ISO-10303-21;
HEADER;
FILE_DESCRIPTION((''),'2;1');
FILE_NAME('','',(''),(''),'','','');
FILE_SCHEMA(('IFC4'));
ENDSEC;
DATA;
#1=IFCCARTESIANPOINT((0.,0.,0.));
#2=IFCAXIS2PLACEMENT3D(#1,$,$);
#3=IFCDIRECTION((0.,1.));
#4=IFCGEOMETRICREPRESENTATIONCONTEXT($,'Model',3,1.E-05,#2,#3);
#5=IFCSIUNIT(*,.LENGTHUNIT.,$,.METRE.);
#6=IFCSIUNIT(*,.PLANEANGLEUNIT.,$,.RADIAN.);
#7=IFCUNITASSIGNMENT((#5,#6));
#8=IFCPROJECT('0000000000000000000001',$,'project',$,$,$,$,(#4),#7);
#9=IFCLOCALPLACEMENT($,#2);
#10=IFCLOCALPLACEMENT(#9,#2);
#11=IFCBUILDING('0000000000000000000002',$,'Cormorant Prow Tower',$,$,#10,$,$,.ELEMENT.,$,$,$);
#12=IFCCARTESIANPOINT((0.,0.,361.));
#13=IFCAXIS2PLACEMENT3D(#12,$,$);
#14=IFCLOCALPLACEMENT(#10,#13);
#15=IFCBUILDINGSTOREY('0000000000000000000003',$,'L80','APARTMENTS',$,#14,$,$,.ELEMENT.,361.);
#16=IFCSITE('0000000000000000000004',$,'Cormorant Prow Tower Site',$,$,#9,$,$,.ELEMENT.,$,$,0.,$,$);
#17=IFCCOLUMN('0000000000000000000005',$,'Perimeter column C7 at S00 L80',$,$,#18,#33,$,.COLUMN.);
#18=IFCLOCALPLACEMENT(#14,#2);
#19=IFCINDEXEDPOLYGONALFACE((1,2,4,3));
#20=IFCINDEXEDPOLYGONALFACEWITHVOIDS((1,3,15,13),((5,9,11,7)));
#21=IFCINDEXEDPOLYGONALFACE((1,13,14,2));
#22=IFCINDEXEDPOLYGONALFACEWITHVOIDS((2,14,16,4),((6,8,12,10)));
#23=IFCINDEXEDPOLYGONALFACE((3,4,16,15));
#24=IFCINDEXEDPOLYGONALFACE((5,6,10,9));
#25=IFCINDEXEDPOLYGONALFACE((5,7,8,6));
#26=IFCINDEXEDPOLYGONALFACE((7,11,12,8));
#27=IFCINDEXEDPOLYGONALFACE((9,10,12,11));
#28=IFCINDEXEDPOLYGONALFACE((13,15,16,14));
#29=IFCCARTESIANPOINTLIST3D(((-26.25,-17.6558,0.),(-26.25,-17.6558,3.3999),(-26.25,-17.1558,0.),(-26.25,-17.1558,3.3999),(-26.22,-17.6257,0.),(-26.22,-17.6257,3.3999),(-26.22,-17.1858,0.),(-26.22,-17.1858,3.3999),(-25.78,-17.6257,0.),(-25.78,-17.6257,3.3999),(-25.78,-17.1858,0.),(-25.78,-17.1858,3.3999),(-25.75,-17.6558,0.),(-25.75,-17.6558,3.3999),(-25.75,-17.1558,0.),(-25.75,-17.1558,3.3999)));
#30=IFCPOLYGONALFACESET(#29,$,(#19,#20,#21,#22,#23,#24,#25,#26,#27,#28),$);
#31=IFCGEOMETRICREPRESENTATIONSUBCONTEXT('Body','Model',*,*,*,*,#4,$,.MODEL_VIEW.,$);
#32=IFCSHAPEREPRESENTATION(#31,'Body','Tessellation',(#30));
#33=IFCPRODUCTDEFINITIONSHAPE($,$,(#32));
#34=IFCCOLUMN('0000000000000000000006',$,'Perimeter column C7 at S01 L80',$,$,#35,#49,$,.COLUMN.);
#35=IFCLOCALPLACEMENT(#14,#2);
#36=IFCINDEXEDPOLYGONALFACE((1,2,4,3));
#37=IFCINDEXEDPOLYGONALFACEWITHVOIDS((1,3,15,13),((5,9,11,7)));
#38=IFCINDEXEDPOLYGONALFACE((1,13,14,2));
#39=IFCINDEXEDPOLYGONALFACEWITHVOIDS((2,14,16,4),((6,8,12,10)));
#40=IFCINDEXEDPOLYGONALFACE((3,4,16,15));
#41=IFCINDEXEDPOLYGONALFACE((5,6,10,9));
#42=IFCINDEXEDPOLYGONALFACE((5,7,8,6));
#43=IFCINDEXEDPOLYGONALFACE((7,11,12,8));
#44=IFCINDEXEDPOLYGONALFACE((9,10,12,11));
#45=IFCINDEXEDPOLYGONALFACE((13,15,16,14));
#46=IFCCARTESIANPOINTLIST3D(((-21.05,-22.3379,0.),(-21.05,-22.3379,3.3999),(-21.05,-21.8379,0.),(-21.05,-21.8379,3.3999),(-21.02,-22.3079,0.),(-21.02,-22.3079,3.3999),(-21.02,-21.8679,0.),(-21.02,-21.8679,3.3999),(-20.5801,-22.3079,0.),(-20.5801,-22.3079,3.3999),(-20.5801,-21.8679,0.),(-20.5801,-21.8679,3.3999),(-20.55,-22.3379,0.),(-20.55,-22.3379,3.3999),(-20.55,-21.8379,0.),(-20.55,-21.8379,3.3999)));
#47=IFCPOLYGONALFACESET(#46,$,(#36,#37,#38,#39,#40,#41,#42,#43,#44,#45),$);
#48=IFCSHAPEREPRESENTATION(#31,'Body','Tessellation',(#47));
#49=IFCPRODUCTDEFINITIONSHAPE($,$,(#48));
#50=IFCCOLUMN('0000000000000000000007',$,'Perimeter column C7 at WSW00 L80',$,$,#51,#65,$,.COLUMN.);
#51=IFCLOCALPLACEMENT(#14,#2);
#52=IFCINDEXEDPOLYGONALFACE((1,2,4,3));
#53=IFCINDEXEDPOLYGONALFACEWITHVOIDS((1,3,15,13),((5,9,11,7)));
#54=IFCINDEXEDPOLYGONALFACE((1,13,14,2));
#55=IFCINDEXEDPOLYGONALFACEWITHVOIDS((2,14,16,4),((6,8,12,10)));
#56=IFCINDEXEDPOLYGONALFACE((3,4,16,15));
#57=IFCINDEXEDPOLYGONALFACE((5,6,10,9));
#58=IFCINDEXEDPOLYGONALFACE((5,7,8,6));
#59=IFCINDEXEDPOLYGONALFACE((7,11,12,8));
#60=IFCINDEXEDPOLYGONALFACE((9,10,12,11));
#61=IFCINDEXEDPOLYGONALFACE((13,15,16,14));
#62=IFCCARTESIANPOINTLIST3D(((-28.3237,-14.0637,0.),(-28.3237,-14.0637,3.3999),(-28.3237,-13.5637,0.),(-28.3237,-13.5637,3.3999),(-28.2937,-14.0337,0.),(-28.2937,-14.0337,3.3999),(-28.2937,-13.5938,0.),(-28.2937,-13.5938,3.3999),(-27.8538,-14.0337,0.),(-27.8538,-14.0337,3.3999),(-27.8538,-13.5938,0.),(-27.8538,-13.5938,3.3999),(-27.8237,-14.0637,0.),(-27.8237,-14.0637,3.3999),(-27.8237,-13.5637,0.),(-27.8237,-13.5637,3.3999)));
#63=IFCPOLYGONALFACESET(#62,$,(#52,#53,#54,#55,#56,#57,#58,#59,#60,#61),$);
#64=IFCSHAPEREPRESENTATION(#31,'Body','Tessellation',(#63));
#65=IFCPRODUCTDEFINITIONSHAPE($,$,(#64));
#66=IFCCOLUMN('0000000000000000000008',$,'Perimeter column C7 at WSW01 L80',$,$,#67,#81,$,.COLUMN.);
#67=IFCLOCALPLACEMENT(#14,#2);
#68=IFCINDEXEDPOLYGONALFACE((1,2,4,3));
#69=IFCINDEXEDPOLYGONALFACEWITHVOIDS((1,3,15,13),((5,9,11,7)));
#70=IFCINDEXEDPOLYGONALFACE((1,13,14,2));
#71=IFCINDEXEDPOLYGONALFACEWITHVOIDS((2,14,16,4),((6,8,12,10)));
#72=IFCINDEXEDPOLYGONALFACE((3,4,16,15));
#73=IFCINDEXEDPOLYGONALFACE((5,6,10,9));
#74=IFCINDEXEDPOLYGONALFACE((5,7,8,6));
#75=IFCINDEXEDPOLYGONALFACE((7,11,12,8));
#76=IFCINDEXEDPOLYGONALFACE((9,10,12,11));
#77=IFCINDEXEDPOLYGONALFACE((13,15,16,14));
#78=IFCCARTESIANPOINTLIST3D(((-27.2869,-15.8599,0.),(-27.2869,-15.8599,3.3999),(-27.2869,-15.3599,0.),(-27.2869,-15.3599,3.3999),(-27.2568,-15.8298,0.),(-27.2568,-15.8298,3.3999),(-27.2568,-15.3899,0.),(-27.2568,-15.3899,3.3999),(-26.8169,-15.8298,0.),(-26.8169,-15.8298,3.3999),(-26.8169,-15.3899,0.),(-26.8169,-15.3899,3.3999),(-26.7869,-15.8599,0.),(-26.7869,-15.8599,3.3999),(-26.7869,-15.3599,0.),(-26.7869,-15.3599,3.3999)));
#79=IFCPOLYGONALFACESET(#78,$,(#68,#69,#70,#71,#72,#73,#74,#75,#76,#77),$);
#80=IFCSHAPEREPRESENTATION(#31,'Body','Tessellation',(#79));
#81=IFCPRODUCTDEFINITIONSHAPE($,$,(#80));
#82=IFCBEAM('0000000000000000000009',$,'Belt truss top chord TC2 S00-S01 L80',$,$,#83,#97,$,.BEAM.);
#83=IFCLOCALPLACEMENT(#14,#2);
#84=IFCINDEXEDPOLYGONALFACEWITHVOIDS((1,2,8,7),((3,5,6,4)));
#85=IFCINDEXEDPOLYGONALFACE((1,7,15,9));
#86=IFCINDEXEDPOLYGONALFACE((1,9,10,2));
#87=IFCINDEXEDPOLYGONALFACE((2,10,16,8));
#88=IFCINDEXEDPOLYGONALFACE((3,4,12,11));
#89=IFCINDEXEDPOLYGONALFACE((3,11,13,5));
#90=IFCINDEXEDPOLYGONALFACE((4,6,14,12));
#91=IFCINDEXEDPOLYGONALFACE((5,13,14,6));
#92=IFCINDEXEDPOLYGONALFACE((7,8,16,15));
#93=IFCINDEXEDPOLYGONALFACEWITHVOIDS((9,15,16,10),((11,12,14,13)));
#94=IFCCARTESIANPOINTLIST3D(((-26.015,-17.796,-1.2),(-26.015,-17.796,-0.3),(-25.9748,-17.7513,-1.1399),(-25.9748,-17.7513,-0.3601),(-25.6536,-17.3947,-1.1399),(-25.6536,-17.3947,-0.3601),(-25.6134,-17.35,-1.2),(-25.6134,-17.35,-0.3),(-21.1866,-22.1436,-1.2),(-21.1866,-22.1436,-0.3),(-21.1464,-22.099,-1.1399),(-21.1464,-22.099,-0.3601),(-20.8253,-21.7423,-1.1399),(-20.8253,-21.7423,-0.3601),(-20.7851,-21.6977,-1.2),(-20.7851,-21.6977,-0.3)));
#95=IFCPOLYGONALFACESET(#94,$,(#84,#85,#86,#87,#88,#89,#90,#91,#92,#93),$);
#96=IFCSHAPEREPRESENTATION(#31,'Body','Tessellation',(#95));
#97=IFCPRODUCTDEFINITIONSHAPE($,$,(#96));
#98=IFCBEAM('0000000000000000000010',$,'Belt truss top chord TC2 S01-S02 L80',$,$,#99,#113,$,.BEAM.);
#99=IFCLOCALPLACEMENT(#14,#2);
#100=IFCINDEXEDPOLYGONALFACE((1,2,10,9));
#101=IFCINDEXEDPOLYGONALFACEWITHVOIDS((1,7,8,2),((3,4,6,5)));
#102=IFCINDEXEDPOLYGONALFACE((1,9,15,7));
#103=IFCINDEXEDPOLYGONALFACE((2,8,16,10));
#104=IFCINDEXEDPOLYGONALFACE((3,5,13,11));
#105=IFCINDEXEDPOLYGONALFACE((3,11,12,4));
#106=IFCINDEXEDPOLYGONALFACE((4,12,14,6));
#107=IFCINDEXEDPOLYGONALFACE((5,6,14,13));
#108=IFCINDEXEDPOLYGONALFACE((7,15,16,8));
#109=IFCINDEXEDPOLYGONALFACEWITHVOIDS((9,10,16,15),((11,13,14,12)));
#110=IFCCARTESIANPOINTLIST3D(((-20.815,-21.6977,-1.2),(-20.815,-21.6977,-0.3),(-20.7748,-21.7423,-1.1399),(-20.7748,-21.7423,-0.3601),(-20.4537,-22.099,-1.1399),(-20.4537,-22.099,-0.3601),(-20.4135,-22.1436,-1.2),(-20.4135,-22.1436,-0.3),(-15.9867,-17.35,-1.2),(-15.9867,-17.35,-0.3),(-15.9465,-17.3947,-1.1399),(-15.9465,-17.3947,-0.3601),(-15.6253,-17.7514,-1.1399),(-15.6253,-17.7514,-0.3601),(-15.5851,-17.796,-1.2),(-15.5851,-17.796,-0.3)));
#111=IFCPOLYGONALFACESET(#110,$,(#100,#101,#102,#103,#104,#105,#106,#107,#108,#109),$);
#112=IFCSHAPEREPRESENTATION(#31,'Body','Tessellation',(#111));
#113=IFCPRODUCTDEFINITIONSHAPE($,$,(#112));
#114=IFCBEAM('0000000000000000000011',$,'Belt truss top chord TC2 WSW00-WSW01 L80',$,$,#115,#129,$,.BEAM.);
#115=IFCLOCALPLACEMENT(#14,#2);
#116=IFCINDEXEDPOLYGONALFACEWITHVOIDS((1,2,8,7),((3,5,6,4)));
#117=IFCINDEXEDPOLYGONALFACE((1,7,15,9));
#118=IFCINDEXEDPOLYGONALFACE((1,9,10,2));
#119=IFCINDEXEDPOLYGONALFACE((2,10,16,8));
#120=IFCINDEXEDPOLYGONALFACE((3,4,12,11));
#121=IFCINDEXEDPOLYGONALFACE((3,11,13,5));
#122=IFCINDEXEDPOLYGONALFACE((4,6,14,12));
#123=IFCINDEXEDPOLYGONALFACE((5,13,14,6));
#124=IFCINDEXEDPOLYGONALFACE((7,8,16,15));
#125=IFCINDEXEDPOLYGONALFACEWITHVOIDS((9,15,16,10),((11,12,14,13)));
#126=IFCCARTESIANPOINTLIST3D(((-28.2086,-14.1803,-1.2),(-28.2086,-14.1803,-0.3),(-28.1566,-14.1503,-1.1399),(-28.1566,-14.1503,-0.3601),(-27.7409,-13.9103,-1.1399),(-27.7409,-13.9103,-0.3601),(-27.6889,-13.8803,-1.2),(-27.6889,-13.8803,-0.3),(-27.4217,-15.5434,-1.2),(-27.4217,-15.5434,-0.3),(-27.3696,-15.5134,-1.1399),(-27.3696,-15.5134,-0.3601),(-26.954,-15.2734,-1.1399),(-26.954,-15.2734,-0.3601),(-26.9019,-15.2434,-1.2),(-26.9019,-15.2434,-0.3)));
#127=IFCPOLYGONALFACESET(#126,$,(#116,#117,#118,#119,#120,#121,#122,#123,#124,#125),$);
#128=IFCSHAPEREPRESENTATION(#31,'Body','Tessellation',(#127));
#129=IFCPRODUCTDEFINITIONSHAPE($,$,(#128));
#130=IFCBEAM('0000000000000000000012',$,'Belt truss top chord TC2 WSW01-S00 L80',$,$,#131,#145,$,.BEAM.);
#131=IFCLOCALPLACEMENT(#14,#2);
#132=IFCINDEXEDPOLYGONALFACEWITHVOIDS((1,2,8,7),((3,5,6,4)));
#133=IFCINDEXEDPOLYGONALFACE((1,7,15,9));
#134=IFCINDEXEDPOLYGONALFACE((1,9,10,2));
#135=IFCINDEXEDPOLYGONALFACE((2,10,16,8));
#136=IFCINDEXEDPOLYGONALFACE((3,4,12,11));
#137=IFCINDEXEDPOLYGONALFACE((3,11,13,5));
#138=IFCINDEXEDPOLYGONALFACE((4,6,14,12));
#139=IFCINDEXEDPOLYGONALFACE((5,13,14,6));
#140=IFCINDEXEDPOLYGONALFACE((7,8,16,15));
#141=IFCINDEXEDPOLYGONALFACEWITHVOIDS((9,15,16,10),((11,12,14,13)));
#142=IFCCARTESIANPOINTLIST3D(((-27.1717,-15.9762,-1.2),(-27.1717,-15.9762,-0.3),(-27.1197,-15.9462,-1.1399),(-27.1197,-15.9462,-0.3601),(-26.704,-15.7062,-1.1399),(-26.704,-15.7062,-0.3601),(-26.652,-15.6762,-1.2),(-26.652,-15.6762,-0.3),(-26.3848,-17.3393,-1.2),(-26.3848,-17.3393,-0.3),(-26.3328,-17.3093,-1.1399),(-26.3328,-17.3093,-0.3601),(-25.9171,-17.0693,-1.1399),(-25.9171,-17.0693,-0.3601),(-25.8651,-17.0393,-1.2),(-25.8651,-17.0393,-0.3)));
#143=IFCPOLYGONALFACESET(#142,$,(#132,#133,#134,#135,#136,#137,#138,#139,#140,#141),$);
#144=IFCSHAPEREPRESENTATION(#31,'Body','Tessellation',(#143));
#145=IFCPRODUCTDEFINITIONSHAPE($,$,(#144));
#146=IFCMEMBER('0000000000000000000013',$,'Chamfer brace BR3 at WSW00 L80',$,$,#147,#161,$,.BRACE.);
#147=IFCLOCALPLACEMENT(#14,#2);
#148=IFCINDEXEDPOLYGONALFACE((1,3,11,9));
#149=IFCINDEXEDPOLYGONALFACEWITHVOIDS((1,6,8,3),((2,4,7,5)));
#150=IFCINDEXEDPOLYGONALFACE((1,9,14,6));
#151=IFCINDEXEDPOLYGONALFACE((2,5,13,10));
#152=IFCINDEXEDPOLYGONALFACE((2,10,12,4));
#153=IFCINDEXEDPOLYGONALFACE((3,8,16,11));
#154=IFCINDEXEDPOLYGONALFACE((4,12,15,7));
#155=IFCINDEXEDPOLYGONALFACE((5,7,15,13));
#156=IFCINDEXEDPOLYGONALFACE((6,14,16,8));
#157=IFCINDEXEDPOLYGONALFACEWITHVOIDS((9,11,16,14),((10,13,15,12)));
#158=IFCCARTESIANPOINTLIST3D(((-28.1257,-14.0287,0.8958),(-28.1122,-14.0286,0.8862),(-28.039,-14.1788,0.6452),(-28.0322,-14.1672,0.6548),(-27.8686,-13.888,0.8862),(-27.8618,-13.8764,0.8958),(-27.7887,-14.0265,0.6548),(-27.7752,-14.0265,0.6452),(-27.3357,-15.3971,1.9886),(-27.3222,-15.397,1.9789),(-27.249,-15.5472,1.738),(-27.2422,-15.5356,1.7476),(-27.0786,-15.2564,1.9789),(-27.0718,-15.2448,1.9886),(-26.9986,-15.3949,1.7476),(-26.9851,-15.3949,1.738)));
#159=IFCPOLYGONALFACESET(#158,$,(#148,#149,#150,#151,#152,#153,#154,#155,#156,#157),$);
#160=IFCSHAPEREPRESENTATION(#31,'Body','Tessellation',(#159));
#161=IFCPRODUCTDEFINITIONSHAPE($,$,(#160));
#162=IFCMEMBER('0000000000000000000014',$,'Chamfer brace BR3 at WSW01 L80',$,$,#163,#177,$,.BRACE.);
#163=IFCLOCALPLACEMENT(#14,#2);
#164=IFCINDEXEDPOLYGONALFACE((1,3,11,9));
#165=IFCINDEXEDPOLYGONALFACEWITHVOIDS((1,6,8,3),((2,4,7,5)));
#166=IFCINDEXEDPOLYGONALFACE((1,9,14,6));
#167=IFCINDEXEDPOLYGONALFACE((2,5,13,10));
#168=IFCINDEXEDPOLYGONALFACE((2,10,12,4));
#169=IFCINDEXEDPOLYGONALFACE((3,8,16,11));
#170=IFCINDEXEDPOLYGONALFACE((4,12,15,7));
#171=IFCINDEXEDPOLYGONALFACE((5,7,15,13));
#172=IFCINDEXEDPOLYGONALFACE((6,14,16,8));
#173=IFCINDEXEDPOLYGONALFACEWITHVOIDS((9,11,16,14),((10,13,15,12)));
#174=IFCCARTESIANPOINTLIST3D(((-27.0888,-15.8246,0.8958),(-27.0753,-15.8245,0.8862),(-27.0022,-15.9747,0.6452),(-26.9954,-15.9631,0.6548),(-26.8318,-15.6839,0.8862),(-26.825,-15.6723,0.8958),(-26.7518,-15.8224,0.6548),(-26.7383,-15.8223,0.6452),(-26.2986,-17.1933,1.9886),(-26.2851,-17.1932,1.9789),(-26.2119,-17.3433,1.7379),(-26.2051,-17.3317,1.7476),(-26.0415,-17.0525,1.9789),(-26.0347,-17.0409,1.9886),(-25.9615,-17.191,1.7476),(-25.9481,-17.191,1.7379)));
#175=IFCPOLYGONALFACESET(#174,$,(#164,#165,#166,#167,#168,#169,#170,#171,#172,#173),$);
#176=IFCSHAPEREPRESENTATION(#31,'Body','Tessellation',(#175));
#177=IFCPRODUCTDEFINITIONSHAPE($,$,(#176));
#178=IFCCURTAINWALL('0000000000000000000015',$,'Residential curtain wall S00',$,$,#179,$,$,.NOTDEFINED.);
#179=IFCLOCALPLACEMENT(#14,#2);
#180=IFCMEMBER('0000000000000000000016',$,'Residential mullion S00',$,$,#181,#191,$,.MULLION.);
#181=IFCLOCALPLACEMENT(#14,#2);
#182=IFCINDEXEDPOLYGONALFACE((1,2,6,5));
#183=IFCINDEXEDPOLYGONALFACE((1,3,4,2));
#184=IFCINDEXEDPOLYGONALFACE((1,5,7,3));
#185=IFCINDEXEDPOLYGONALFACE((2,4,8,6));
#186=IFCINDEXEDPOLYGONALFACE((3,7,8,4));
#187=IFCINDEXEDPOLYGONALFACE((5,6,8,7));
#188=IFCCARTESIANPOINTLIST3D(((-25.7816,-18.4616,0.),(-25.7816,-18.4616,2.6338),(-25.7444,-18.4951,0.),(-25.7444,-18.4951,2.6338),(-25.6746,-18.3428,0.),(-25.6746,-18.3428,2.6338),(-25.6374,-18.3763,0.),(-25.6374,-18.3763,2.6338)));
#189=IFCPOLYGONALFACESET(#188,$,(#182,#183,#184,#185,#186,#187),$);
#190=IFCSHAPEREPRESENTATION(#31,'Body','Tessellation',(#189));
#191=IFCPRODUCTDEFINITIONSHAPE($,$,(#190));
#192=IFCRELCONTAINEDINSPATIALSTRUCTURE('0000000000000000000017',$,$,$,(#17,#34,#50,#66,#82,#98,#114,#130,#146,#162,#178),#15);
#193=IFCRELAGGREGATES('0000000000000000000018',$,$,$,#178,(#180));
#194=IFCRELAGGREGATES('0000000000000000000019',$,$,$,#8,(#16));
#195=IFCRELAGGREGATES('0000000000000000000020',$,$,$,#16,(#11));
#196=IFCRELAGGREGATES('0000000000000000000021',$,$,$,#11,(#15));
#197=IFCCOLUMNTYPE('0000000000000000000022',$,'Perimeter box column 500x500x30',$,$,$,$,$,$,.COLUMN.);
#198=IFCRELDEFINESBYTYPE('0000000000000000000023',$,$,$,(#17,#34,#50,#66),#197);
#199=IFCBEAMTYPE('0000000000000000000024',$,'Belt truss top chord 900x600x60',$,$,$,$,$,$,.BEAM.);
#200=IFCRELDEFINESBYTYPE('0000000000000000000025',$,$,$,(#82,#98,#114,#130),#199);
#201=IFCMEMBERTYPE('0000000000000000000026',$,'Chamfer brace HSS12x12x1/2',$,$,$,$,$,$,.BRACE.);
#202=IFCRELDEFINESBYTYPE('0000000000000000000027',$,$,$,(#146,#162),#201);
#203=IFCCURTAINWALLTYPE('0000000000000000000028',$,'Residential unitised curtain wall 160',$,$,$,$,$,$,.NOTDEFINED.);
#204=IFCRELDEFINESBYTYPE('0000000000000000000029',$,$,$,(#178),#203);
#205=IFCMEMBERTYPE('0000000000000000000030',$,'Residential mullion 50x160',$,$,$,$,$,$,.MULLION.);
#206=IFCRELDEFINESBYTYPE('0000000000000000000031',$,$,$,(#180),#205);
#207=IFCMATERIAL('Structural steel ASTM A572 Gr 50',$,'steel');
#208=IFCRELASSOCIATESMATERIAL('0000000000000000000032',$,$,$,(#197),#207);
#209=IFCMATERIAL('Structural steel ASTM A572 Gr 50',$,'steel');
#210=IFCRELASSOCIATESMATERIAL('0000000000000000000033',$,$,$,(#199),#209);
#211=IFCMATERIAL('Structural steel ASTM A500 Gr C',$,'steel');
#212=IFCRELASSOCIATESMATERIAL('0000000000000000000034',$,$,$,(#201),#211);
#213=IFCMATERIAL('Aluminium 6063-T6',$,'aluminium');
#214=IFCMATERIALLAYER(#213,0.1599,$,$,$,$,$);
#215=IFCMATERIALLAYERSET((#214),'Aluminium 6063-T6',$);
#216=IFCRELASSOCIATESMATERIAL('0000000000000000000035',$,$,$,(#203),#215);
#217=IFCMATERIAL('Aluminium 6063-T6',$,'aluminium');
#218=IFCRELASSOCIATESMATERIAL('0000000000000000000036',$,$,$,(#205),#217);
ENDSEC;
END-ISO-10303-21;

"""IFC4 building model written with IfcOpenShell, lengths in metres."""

from ifc_helpers import new_model, si_unit, direction, frame, origin, origin_2d, place, context, subcontext, project, spatial, rectangle, hollow_rectangle, extrude, material, layer, layer_set, material_profile, profile_set, type_object, element, aggregate, save


model = new_model("IFC4")

# Units and contexts
model_context = context("Model", 3, precision=1e-05, world=origin(), true_north=direction((0.0, 1.0)))
body_context = subcontext(model_context, "Body", "Model", "MODEL_VIEW")
ifc_project = project(units=[si_unit("LENGTHUNIT", "METRE"), si_unit("PLANEANGLEUNIT", "RADIAN")], contexts=[model_context])

# Site, building, storey
site_placement = place(None, origin())
site = spatial("IfcSite", under=ifc_project, at=site_placement, Name="Cormorant Prow Tower Site", CompositionType="ELEMENT", RefElevation=0.0)
building_placement = place(site_placement, origin())
building = spatial("IfcBuilding", under=site, at=building_placement, Name="Cormorant Prow Tower", CompositionType="ELEMENT")
storey_placement = place(building_placement, frame((0.0, 0.0, 361.0)))
storey = spatial("IfcBuildingStorey", under=building, at=storey_placement, Name="L80", Description="APARTMENTS", CompositionType="ELEMENT", Elevation=361.0)

# Columns
ifc_material_1 = material(Name="Structural steel ASTM A572 Gr 50", Category="steel")
ifc_material_profile_1 = material_profile(ifc_material_1, hollow_rectangle(XDim=0.5, YDim=0.5, WallThickness=0.03, at=origin_2d()), Name="Box 500x500x30")
ifc_profile_set_1 = profile_set([ifc_material_profile_1], Name="Structural steel ASTM A572 Gr 50")
column_type = type_object("IfcColumnType", Name="Perimeter box column 500x500x30", PredefinedType="COLUMN", material=ifc_profile_set_1)
for number, where, z_axis, x_axis, name in (
    (1, (-26.0, -17.4058, 0.0), (0.0, 0.0, 1.0), (1.0, 0.0, 0.0), "Perimeter column C7 at S00 L80"),
    (2, (-20.8, -22.0879, 0.0), (0.0, 0.0, 1.0), (1.0, 0.0, 0.0), "Perimeter column C7 at S01 L80"),
    (3, (-28.0737, -13.8137, 0.0), (0.0, 0.0, 1.0), (1.0, 0.0, 0.0), "Perimeter column C7 at WSW00 L80"),
    (4, (-27.0369, -15.6099, 0.0), (0.0, 0.0, 1.0), (1.0, 0.0, 0.0), "Perimeter column C7 at WSW01 L80"),
):
    element("IfcColumn", number, at=place(storey_placement, frame(where, z_axis=z_axis, x_axis=x_axis)), inside=storey, type_object=column_type, Name=name, PredefinedType="COLUMN", context=body_context, shape_type="SweptSolid", body=[
        extrude(hollow_rectangle(XDim=0.5, YDim=0.5, WallThickness=0.03, at=origin_2d()), origin(), (0.0, 0.0, 1.0), 3.3999),
    ])

# Beams
ifc_material_2 = material(Name="Structural steel ASTM A572 Gr 50", Category="steel")
ifc_material_profile_2 = material_profile(ifc_material_2, hollow_rectangle(XDim=0.6001, YDim=0.8999, WallThickness=0.0601, at=origin_2d()), Name="Box 900x600x60")
ifc_profile_set_2 = profile_set([ifc_material_profile_2], Name="Structural steel ASTM A572 Gr 50")
beam_type = type_object("IfcBeamType", Name="Belt truss top chord 900x600x60", PredefinedType="BEAM", material=ifc_profile_set_2)
for number, where, z_axis, x_axis, name in (
    (5, (-25.8142, -17.573, -0.75), (0.743132, -0.669145, 0.0), (0.669145, 0.743132, 0.0), "Belt truss top chord TC2 S00-S01 L80"),
    (6, (-20.6143, -21.9207, -0.75), (0.743132, 0.669145, 0.0), (-0.669145, 0.743132, 0.0), "Belt truss top chord TC2 S01-S02 L80"),
):
    element("IfcBeam", number, at=place(storey_placement, frame(where, z_axis=z_axis, x_axis=x_axis)), inside=storey, type_object=beam_type, Name=name, PredefinedType="BEAM", context=body_context, shape_type="SweptSolid", body=[
        extrude(hollow_rectangle(XDim=0.6001, YDim=0.8999, WallThickness=0.0601, at=origin_2d()), origin(), (0.0, 0.0, 1.0), 6.4973),
    ])
for number, where, z_axis, x_axis, name in (
    (7, (-27.9487, -14.0303, -0.75), (0.49996, -0.866049, 0.0), (0.866049, 0.49996, 0.0), "Belt truss top chord TC2 WSW00-WSW01 L80"),
    (8, (-26.9119, -15.8262, -0.75), (0.49996, -0.866049, 0.0), (0.866049, 0.49996, 0.0), "Belt truss top chord TC2 WSW01-S00 L80"),
):
    element("IfcBeam", number, at=place(storey_placement, frame(where, z_axis=z_axis, x_axis=x_axis)), inside=storey, type_object=beam_type, Name=name, PredefinedType="BEAM", context=body_context, shape_type="SweptSolid", body=[
        extrude(hollow_rectangle(XDim=0.6001, YDim=0.8999, WallThickness=0.0601, at=origin_2d()), origin(), (0.0, 0.0, 1.0), 1.574),
    ])

# Members
ifc_material_3 = material(Name="Structural steel ASTM A500 Gr C", Category="steel")
ifc_material_profile_3 = material_profile(ifc_material_3, hollow_rectangle(XDim=0.3047, YDim=0.3047, WallThickness=0.0117, at=origin_2d()), Name="HSS12x12x1/2")
ifc_profile_set_3 = profile_set([ifc_material_profile_3], Name="Structural steel ASTM A500 Gr C")
member_type_1 = type_object("IfcMemberType", Name="Chamfer brace HSS12x12x1/2", PredefinedType="BRACE", material=ifc_profile_set_3)
member_1_placement = place(storey_placement, frame((-27.9504, -14.0276, 0.7705), z_axis=(0.41123, -0.712282, 0.568809), x_axis=(0.866029, 0.499994, 0.0)))
element("IfcMember", 9, at=member_1_placement, inside=storey, type_object=member_type_1, Name="Chamfer brace BR3 at WSW00 L80", PredefinedType="BRACE", context=body_context, shape_type="SweptSolid", body=[
    extrude(hollow_rectangle(XDim=0.3047, YDim=0.3047, WallThickness=0.0117, at=origin_2d()), origin(), (0.0, 0.0, 1.0), 1.9211),
])
member_2_placement = place(storey_placement, frame((-26.9136, -15.8235, 0.7705), z_axis=(0.411299, -0.712308, 0.568728), x_axis=(0.866, 0.500043, 0.0)))
element("IfcMember", 10, at=member_2_placement, inside=storey, type_object=member_type_1, Name="Chamfer brace BR3 at WSW01 L80", PredefinedType="BRACE", context=body_context, shape_type="SweptSolid", body=[
    extrude(hollow_rectangle(XDim=0.3047, YDim=0.3047, WallThickness=0.0117, at=origin_2d()), origin(), (0.0, 0.0, 1.0), 1.9214),
])

# Curtain wall, member
ifc_material_4 = material(Name="Aluminium 6063-T6", Category="aluminium")
ifc_layer_1 = layer(ifc_material_4, 0.1599)
ifc_layer_set_1 = layer_set([ifc_layer_1], Name="Aluminium 6063-T6")
curtain_wall_type = type_object("IfcCurtainWallType", Name="Residential unitised curtain wall 160", PredefinedType="NOTDEFINED", material=ifc_layer_set_1)
curtain_wall_placement = place(storey_placement, origin())
curtain_wall = element("IfcCurtainWall", 11, at=curtain_wall_placement, inside=storey, type_object=curtain_wall_type, Name="Residential curtain wall S00", PredefinedType="NOTDEFINED")
ifc_material_5 = material(Name="Aluminium 6063-T6", Category="aluminium")
ifc_material_profile_4 = material_profile(ifc_material_5, rectangle(XDim=0.1599, YDim=0.05, at=origin_2d()), Name="Residential mullion 50x160")
ifc_profile_set_4 = profile_set([ifc_material_profile_4], Name="Aluminium 6063-T6")
member_type_2 = type_object("IfcMemberType", Name="Residential mullion 50x160", PredefinedType="MULLION", material=ifc_profile_set_4)
member_3_placement = place(storey_placement, frame((-25.7095, -18.4189, 0.0), z_axis=(0.0, 0.0, 1.0), x_axis=(0.669131, 0.743145, 0.0)))
member_3 = element("IfcMember", 12, at=member_3_placement, type_object=member_type_2, Name="Residential mullion S00", PredefinedType="MULLION", context=body_context, shape_type="SweptSolid", body=[
    extrude(rectangle(XDim=0.1599, YDim=0.05, at=origin_2d()), origin(), (0.0, 0.0, 1.0), 2.6338),
])
aggregate(curtain_wall, [member_3])

save(model, "model.ifc")
